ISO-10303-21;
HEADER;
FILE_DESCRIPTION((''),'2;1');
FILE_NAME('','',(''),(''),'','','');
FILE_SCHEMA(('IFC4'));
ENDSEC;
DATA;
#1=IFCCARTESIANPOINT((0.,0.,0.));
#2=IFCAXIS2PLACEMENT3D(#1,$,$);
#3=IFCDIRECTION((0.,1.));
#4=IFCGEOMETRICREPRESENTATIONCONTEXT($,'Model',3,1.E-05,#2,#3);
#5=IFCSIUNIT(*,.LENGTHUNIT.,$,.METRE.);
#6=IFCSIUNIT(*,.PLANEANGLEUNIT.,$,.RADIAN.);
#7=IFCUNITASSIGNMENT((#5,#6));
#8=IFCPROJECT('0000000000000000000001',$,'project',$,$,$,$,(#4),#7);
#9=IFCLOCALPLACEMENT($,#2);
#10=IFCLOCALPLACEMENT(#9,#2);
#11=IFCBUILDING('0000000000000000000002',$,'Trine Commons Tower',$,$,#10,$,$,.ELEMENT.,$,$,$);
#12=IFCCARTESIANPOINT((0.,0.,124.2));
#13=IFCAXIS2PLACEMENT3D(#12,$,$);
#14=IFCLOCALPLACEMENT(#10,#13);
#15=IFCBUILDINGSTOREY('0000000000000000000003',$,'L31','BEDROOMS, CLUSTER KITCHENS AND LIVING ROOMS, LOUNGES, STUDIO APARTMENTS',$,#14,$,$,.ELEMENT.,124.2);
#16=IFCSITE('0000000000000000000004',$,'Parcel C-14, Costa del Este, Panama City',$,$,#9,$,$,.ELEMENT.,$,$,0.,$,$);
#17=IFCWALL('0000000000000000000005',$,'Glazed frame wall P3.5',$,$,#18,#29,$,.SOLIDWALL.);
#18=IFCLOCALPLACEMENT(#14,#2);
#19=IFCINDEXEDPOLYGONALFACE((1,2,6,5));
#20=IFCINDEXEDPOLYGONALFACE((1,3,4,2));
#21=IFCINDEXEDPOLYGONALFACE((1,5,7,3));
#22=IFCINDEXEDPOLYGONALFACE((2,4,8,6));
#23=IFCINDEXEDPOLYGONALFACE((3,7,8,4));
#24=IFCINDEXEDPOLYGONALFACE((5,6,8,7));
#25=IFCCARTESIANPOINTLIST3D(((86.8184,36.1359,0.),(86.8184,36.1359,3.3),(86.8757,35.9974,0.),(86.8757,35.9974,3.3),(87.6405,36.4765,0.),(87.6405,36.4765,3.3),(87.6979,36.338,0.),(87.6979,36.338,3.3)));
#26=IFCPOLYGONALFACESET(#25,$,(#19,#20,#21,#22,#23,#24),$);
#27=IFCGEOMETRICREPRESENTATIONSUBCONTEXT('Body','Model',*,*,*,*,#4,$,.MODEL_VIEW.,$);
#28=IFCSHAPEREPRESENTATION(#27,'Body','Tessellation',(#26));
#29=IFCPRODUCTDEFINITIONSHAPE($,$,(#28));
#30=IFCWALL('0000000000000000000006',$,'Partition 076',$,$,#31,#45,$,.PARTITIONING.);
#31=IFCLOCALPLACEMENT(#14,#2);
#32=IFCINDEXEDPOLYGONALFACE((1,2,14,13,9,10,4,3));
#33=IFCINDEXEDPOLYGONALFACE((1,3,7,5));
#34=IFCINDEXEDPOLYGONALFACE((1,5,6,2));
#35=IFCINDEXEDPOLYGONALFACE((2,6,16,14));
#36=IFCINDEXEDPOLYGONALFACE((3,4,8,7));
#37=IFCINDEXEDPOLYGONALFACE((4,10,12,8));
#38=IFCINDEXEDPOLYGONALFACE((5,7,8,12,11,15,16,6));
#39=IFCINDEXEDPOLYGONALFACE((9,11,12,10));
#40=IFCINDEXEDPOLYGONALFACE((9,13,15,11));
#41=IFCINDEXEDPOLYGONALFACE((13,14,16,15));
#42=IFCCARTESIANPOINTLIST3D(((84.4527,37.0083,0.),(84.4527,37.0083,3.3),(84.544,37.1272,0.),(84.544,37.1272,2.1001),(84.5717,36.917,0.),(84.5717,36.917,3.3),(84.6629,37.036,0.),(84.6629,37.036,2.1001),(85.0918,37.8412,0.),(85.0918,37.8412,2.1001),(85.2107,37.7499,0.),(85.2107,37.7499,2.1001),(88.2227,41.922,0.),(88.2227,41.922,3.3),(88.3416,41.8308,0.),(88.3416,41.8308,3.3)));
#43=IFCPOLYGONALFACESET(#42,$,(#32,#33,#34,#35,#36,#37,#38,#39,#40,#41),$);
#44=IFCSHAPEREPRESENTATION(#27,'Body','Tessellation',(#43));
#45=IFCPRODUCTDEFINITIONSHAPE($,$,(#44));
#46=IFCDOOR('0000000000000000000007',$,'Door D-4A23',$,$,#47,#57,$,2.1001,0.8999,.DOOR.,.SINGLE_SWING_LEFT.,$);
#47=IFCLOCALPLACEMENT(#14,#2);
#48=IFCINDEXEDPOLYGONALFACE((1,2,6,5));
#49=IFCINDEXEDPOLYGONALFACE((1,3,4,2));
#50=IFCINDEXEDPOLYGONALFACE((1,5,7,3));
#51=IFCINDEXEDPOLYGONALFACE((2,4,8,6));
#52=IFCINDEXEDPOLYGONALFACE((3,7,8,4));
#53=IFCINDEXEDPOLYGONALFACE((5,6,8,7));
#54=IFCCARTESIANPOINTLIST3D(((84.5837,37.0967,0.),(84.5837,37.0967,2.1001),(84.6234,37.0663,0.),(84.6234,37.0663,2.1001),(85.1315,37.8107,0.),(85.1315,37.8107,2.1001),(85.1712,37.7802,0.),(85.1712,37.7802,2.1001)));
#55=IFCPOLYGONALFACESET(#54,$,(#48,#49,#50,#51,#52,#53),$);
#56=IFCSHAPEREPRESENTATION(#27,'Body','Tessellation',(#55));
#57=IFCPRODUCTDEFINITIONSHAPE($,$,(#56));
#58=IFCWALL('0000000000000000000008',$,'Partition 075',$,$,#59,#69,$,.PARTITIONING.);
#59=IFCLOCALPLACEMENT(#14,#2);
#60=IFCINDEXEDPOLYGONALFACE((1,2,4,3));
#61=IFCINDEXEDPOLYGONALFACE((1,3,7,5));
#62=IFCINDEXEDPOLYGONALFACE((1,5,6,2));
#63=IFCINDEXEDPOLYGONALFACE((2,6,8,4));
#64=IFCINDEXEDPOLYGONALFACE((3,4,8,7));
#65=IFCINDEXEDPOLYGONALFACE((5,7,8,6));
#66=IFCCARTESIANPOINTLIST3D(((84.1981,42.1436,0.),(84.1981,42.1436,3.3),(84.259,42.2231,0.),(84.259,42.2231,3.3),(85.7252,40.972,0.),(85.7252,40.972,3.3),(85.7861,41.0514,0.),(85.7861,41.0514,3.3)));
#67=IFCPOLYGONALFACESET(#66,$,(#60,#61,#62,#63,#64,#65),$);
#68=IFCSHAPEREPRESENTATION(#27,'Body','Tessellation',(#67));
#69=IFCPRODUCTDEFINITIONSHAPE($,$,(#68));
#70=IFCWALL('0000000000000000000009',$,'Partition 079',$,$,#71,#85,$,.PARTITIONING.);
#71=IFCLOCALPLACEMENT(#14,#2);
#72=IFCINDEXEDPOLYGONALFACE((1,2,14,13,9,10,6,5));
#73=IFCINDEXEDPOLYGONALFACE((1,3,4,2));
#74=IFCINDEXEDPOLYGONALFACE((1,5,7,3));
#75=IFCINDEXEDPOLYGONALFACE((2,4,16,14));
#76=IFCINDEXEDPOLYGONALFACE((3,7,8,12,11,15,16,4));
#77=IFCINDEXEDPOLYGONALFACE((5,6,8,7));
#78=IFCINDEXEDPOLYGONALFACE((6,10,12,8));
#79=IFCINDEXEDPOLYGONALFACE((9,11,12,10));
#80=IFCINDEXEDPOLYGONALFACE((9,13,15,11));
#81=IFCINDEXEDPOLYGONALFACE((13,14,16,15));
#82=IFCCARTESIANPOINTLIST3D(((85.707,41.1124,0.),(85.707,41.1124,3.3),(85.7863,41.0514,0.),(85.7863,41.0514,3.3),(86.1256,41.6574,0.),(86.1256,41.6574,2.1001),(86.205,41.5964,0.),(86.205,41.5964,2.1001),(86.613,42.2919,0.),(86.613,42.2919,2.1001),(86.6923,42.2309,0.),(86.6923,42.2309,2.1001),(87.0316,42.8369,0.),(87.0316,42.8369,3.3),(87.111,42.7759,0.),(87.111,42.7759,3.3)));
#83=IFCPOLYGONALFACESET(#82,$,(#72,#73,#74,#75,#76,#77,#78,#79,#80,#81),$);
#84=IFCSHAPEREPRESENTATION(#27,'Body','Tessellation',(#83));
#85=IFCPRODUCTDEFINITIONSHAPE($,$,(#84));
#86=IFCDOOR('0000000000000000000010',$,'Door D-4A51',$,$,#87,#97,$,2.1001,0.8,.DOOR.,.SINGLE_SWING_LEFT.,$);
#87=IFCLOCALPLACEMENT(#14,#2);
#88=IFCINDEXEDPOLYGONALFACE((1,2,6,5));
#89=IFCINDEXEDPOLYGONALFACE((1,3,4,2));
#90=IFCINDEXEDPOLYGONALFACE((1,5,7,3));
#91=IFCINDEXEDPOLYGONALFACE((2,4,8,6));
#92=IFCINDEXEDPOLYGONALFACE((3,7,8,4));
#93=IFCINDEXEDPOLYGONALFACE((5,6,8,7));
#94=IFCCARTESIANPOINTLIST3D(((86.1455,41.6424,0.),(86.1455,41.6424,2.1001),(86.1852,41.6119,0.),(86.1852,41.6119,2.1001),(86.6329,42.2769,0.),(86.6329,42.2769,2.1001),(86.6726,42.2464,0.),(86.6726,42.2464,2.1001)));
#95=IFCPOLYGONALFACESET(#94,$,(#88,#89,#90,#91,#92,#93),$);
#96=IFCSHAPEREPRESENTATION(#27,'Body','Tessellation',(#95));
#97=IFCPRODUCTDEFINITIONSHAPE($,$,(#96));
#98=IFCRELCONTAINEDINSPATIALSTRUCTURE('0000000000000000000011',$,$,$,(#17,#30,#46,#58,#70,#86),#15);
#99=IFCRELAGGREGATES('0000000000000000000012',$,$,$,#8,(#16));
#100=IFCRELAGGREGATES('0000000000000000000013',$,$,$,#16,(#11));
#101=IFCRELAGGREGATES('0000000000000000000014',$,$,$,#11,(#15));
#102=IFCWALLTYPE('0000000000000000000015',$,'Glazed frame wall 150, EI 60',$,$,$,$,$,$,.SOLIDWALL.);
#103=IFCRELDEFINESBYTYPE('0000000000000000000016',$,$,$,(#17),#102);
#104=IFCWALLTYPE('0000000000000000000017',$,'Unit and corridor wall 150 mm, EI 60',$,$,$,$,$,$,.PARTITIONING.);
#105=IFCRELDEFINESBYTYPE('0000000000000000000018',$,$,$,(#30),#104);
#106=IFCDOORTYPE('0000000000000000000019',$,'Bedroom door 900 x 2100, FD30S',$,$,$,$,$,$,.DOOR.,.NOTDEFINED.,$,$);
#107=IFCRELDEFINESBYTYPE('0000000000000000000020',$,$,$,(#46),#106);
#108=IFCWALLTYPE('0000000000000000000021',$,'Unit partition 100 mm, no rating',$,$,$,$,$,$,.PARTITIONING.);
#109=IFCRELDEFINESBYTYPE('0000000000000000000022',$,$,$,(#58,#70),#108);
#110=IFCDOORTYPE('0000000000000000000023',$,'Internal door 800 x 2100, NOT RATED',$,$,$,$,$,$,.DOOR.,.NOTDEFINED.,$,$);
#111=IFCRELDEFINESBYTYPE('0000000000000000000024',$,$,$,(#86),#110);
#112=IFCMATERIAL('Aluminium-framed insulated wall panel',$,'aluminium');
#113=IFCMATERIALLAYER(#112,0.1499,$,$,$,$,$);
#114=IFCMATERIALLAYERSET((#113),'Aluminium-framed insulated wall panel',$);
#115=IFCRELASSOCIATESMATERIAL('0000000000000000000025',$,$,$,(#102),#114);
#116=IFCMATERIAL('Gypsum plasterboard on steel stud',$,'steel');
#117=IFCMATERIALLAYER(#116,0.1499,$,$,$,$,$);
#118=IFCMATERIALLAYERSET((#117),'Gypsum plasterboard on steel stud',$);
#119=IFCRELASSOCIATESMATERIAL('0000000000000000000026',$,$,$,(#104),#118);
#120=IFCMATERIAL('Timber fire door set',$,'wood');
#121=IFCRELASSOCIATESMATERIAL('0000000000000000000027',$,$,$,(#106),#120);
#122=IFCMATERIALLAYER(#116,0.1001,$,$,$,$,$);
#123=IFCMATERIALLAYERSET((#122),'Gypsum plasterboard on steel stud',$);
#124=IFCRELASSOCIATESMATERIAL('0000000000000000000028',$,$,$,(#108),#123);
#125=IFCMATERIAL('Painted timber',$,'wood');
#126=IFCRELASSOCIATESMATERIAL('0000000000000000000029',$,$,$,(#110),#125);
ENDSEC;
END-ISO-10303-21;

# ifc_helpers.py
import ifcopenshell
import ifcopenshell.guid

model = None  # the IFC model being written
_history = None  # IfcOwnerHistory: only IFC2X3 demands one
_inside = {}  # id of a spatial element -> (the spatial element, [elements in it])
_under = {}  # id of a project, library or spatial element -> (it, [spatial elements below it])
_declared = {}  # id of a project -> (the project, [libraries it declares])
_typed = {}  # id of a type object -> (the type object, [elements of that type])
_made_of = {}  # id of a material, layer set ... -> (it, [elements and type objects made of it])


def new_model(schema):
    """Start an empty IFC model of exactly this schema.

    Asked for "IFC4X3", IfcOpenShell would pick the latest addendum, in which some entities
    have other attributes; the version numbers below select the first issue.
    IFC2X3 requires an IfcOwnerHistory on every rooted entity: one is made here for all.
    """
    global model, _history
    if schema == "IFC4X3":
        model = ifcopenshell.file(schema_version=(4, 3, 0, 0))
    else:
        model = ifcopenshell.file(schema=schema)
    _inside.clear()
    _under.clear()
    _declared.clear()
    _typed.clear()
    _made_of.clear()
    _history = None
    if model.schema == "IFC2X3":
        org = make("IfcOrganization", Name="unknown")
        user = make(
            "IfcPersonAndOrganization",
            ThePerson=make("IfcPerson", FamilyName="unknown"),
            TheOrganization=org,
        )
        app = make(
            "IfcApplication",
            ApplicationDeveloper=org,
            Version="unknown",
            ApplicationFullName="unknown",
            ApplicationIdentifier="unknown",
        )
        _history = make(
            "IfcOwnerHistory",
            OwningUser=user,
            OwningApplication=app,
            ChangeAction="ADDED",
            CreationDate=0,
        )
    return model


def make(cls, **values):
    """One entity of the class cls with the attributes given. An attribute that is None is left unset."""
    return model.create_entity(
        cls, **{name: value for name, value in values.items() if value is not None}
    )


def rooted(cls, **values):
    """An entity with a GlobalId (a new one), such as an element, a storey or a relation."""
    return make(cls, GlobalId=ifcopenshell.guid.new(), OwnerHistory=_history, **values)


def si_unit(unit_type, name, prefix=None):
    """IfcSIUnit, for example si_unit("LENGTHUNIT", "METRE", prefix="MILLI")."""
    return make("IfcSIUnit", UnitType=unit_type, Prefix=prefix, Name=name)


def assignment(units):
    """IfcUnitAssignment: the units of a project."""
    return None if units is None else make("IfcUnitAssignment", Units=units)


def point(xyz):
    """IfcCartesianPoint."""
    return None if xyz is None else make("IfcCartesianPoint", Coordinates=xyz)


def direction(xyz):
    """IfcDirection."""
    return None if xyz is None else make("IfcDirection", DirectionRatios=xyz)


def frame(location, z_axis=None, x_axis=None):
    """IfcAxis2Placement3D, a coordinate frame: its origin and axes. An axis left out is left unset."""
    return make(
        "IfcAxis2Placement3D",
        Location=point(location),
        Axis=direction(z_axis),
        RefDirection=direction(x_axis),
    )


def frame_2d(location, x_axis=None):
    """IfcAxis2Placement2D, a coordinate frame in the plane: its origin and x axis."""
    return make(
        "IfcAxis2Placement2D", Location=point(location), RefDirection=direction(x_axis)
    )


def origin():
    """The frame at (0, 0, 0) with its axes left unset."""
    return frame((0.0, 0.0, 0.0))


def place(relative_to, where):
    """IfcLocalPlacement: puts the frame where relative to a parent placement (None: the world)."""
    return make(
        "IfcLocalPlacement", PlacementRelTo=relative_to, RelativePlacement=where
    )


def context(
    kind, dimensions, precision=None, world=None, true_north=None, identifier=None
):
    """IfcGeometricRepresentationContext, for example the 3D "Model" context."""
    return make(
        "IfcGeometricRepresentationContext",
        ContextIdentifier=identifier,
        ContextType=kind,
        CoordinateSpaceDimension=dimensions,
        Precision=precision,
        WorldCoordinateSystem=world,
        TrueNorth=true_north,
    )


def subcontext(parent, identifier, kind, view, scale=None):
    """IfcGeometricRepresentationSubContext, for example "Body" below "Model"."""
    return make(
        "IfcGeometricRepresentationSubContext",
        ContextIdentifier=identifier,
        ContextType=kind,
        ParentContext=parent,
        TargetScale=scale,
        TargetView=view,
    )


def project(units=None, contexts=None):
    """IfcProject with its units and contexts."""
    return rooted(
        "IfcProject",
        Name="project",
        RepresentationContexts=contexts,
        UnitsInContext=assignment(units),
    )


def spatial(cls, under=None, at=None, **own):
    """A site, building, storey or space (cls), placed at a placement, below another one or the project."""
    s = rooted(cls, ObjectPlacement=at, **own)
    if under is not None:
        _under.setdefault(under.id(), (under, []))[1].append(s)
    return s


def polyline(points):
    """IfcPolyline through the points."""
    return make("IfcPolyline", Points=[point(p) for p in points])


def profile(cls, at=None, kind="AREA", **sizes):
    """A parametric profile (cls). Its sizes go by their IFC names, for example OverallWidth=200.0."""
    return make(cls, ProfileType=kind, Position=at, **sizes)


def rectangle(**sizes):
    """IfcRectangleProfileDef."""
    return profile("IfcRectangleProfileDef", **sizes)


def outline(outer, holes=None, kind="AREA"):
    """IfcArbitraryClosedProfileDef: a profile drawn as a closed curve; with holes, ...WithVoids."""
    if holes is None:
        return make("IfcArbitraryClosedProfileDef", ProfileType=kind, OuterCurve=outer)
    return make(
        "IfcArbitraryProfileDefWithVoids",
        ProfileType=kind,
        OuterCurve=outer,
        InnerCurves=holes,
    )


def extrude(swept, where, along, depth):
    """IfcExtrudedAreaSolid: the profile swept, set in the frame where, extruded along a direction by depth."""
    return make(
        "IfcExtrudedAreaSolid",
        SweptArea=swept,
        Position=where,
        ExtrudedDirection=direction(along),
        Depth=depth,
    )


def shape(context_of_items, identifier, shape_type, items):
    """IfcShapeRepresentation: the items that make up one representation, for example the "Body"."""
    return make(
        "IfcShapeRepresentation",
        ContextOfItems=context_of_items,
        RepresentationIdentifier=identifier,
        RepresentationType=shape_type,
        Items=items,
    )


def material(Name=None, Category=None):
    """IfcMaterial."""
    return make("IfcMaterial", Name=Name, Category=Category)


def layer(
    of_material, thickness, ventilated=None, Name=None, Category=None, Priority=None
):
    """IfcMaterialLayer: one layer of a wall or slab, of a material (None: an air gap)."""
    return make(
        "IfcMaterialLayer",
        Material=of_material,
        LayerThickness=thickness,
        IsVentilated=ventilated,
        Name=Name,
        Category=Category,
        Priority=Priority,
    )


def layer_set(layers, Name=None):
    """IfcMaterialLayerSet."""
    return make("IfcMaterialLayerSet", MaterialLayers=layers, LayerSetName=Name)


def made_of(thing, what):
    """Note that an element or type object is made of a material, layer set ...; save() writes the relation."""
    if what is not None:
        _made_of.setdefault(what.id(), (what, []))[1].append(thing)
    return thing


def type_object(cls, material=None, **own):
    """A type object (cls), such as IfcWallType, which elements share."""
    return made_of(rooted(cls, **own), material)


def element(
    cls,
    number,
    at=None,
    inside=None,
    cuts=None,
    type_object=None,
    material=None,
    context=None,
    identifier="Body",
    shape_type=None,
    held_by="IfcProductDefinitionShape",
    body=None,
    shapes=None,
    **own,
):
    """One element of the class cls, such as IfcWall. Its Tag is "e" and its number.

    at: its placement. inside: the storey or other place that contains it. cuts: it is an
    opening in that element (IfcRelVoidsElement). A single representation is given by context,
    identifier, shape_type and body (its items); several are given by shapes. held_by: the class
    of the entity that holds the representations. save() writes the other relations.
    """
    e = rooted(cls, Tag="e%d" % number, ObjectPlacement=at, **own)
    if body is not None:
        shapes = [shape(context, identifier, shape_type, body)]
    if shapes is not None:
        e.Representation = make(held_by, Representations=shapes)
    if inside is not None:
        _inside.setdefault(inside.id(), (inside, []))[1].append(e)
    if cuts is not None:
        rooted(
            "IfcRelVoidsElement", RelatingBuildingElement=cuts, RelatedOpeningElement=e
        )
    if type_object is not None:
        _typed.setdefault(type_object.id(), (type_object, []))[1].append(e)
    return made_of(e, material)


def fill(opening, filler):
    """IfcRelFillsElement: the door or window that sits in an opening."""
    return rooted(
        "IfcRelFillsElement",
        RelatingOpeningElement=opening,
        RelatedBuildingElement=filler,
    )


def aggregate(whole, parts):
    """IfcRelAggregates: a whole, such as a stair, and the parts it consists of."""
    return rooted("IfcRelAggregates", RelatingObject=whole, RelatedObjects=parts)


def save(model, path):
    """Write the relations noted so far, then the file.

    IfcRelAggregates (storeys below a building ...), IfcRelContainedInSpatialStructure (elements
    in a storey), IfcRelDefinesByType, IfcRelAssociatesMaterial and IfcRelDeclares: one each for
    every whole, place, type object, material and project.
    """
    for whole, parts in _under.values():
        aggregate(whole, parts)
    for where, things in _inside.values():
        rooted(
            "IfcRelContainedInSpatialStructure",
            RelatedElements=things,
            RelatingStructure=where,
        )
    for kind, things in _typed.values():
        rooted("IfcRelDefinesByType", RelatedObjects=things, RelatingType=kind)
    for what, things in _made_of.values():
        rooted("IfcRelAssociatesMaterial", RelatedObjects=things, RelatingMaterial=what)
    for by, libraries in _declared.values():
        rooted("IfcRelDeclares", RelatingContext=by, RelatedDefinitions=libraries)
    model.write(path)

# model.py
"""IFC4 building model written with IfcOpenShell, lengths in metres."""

from ifc_helpers import new_model, si_unit, direction, frame, frame_2d, origin, place, context, subcontext, project, spatial, polyline, rectangle, outline, extrude, material, layer, layer_set, type_object, element, fill, save


model = new_model("IFC4")

# Units and contexts
model_context = context("Model", 3, precision=1e-05, world=origin(), true_north=direction((0.0, 1.0)))
body_context = subcontext(model_context, "Body", "Model", "MODEL_VIEW")
ifc_project = project(units=[si_unit("LENGTHUNIT", "METRE"), si_unit("PLANEANGLEUNIT", "RADIAN")], contexts=[model_context])

# Site, building, storey
site_placement = place(None, origin())
site = spatial("IfcSite", under=ifc_project, at=site_placement, Name="Parcel C-14, Costa del Este, Panama City", CompositionType="ELEMENT", RefElevation=0.0)
building_placement = place(site_placement, origin())
building = spatial("IfcBuilding", under=site, at=building_placement, Name="Trine Commons Tower", CompositionType="ELEMENT")
storey_placement = place(building_placement, frame((0.0, 0.0, 124.2)))
storey = spatial("IfcBuildingStorey", under=building, at=storey_placement, Name="L31", Description="BEDROOMS, CLUSTER KITCHENS AND LIVING ROOMS, LOUNGES, STUDIO APARTMENTS", CompositionType="ELEMENT", Elevation=124.2)

# Wall
ifc_material_1 = material(Name="Aluminium-framed insulated wall panel", Category="aluminium")
ifc_layer_1 = layer(ifc_material_1, 0.1499)
ifc_layer_set_1 = layer_set([ifc_layer_1], Name="Aluminium-framed insulated wall panel")
wall_type_1 = type_object("IfcWallType", Name="Glazed frame wall 150, EI 60", PredefinedType="SOLIDWALL", material=ifc_layer_set_1)
wall_1_placement = place(storey_placement, frame((87.6692, 36.4072, 0.0), z_axis=(0.0, 0.0, 1.0), x_axis=(-0.923862, -0.382725, 0.0)))
element("IfcWall", 1, at=wall_1_placement, inside=storey, type_object=wall_type_1, Name="Glazed frame wall P3.5", PredefinedType="SOLIDWALL", context=body_context, shape_type="SweptSolid", body=[
    extrude(outline(polyline([(0.8899, 0.075), (0.0, 0.075), (0.0, -0.075), (0.8899, -0.075), (0.8899, 0.075)])), origin(), (0.0, 0.0, 1.0), 3.3),
])

# Wall, opening, door
ifc_material_2 = material(Name="Gypsum plasterboard on steel stud", Category="steel")
ifc_layer_2 = layer(ifc_material_2, 0.1499)
ifc_layer_set_2 = layer_set([ifc_layer_2], Name="Gypsum plasterboard on steel stud")
wall_type_2 = type_object("IfcWallType", Name="Unit and corridor wall 150 mm, EI 60", PredefinedType="PARTITIONING", material=ifc_layer_set_2)
wall_2_placement = place(storey_placement, frame((84.5122, 36.9626, 0.0), z_axis=(0.0, 0.0, 1.0), x_axis=(0.608712, 0.793391, 0.0)))
wall_2 = element("IfcWall", 2, at=wall_2_placement, inside=storey, type_object=wall_type_2, Name="Partition 076", PredefinedType="PARTITIONING", context=body_context, shape_type="SweptSolid", body=[
    extrude(rectangle(XDim=6.1934, YDim=0.1499, at=frame_2d((3.0967, 0.0))), origin(), (0.0, 0.0, 1.0), 3.3),
])
opening_1_placement = place(wall_2_placement, frame((0.1499, 0.0, 0.0)))
opening_1 = element("IfcOpeningElement", 3, at=opening_1_placement, cuts=wall_2, PredefinedType="OPENING", context=body_context, shape_type="SweptSolid", body=[
    extrude(rectangle(XDim=0.8999, YDim=2.1001, at=frame_2d((0.45, 1.05))), frame((0.0, 0.085, 0.0), z_axis=(0.0, -1.0, 0.0), x_axis=(1.0, 0.0, 0.0)), (0.0, 0.0, 1.0), 0.1699),
])
ifc_material_3 = material(Name="Timber fire door set", Category="wood")
door_type_1 = type_object("IfcDoorType", Name="Bedroom door 900 x 2100, FD30S", OperationType="NOTDEFINED", PredefinedType="DOOR", material=ifc_material_3)
door_1_placement = place(opening_1_placement, origin())
door_1 = element("IfcDoor", 4, at=door_1_placement, inside=storey, type_object=door_type_1, Name="Door D-4A23", OperationType="SINGLE_SWING_LEFT", OverallHeight=2.1001, OverallWidth=0.8999, PredefinedType="DOOR", context=body_context, shape_type="SweptSolid", body=[
    extrude(rectangle(XDim=0.8999, YDim=2.1001, at=frame_2d((0.45, 1.05))), frame((0.0, 0.0249, 0.0), z_axis=(0.0, -1.0, 0.0), x_axis=(1.0, 0.0, 0.0)), (0.0, 0.0, 1.0), 0.05),
])
fill(opening_1, door_1)

# Wall
ifc_layer_3 = layer(ifc_material_2, 0.1001)
ifc_layer_set_3 = layer_set([ifc_layer_3], Name="Gypsum plasterboard on steel stud")
wall_type_3 = type_object("IfcWallType", Name="Unit partition 100 mm, no rating", PredefinedType="PARTITIONING", material=ifc_layer_set_3)
wall_3_placement = place(storey_placement, frame((84.2285, 42.1833, 0.0), z_axis=(0.0, 0.0, 1.0), x_axis=(0.793392, -0.608711, 0.0)))
element("IfcWall", 5, at=wall_3_placement, inside=storey, type_object=wall_type_3, Name="Partition 075", PredefinedType="PARTITIONING", context=body_context, shape_type="SweptSolid", body=[
    extrude(rectangle(XDim=1.9248, YDim=0.1001, at=frame_2d((0.9624, 0.0))), origin(), (0.0, 0.0, 1.0), 3.3),
])

# Wall, opening, door
wall_4_placement = place(storey_placement, frame((85.7466, 41.0818, 0.0), z_axis=(0.0, 0.0, 1.0), x_axis=(0.609157, 0.793049, 0.0)))
wall_4 = element("IfcWall", 6, at=wall_4_placement, inside=storey, type_object=wall_type_3, Name="Partition 079", PredefinedType="PARTITIONING", context=body_context, shape_type="SweptSolid", body=[
    extrude(rectangle(XDim=2.1746, YDim=0.1001, at=frame_2d((1.0874, 0.0))), origin(), (0.0, 0.0, 1.0), 3.3),
])
opening_2_placement = place(wall_4_placement, frame((0.6875, 0.0, 0.0)))
opening_2 = element("IfcOpeningElement", 7, at=opening_2_placement, cuts=wall_4, PredefinedType="OPENING", context=body_context, shape_type="SweptSolid", body=[
    extrude(rectangle(XDim=0.8, YDim=2.1001, at=frame_2d((0.3999, 1.05))), frame((0.0, 0.0601, 0.0), z_axis=(0.0, -1.0, 0.0), x_axis=(1.0, 0.0, 0.0)), (0.0, 0.0, 1.0), 0.1201),
])
ifc_material_4 = material(Name="Painted timber", Category="wood")
door_type_2 = type_object("IfcDoorType", Name="Internal door 800 x 2100, NOT RATED", OperationType="NOTDEFINED", PredefinedType="DOOR", material=ifc_material_4)
door_2_placement = place(opening_2_placement, frame((0.8, 0.0, 0.0), z_axis=(0.0, 0.0, 1.0), x_axis=(-1.0, 0.0, 0.0)))
door_2 = element("IfcDoor", 8, at=door_2_placement, inside=storey, type_object=door_type_2, Name="Door D-4A51", OperationType="SINGLE_SWING_LEFT", OverallHeight=2.1001, OverallWidth=0.8, PredefinedType="DOOR", context=body_context, shape_type="SweptSolid", body=[
    extrude(rectangle(XDim=0.8, YDim=2.1001, at=frame_2d((0.3999, 1.05))), frame((0.0, 0.0249, 0.0), z_axis=(0.0, -1.0, 0.0), x_axis=(1.0, 0.0, 0.0)), (0.0, 0.0, 1.0), 0.05),
])
fill(opening_2, door_2)

save(model, "model.ifc")
